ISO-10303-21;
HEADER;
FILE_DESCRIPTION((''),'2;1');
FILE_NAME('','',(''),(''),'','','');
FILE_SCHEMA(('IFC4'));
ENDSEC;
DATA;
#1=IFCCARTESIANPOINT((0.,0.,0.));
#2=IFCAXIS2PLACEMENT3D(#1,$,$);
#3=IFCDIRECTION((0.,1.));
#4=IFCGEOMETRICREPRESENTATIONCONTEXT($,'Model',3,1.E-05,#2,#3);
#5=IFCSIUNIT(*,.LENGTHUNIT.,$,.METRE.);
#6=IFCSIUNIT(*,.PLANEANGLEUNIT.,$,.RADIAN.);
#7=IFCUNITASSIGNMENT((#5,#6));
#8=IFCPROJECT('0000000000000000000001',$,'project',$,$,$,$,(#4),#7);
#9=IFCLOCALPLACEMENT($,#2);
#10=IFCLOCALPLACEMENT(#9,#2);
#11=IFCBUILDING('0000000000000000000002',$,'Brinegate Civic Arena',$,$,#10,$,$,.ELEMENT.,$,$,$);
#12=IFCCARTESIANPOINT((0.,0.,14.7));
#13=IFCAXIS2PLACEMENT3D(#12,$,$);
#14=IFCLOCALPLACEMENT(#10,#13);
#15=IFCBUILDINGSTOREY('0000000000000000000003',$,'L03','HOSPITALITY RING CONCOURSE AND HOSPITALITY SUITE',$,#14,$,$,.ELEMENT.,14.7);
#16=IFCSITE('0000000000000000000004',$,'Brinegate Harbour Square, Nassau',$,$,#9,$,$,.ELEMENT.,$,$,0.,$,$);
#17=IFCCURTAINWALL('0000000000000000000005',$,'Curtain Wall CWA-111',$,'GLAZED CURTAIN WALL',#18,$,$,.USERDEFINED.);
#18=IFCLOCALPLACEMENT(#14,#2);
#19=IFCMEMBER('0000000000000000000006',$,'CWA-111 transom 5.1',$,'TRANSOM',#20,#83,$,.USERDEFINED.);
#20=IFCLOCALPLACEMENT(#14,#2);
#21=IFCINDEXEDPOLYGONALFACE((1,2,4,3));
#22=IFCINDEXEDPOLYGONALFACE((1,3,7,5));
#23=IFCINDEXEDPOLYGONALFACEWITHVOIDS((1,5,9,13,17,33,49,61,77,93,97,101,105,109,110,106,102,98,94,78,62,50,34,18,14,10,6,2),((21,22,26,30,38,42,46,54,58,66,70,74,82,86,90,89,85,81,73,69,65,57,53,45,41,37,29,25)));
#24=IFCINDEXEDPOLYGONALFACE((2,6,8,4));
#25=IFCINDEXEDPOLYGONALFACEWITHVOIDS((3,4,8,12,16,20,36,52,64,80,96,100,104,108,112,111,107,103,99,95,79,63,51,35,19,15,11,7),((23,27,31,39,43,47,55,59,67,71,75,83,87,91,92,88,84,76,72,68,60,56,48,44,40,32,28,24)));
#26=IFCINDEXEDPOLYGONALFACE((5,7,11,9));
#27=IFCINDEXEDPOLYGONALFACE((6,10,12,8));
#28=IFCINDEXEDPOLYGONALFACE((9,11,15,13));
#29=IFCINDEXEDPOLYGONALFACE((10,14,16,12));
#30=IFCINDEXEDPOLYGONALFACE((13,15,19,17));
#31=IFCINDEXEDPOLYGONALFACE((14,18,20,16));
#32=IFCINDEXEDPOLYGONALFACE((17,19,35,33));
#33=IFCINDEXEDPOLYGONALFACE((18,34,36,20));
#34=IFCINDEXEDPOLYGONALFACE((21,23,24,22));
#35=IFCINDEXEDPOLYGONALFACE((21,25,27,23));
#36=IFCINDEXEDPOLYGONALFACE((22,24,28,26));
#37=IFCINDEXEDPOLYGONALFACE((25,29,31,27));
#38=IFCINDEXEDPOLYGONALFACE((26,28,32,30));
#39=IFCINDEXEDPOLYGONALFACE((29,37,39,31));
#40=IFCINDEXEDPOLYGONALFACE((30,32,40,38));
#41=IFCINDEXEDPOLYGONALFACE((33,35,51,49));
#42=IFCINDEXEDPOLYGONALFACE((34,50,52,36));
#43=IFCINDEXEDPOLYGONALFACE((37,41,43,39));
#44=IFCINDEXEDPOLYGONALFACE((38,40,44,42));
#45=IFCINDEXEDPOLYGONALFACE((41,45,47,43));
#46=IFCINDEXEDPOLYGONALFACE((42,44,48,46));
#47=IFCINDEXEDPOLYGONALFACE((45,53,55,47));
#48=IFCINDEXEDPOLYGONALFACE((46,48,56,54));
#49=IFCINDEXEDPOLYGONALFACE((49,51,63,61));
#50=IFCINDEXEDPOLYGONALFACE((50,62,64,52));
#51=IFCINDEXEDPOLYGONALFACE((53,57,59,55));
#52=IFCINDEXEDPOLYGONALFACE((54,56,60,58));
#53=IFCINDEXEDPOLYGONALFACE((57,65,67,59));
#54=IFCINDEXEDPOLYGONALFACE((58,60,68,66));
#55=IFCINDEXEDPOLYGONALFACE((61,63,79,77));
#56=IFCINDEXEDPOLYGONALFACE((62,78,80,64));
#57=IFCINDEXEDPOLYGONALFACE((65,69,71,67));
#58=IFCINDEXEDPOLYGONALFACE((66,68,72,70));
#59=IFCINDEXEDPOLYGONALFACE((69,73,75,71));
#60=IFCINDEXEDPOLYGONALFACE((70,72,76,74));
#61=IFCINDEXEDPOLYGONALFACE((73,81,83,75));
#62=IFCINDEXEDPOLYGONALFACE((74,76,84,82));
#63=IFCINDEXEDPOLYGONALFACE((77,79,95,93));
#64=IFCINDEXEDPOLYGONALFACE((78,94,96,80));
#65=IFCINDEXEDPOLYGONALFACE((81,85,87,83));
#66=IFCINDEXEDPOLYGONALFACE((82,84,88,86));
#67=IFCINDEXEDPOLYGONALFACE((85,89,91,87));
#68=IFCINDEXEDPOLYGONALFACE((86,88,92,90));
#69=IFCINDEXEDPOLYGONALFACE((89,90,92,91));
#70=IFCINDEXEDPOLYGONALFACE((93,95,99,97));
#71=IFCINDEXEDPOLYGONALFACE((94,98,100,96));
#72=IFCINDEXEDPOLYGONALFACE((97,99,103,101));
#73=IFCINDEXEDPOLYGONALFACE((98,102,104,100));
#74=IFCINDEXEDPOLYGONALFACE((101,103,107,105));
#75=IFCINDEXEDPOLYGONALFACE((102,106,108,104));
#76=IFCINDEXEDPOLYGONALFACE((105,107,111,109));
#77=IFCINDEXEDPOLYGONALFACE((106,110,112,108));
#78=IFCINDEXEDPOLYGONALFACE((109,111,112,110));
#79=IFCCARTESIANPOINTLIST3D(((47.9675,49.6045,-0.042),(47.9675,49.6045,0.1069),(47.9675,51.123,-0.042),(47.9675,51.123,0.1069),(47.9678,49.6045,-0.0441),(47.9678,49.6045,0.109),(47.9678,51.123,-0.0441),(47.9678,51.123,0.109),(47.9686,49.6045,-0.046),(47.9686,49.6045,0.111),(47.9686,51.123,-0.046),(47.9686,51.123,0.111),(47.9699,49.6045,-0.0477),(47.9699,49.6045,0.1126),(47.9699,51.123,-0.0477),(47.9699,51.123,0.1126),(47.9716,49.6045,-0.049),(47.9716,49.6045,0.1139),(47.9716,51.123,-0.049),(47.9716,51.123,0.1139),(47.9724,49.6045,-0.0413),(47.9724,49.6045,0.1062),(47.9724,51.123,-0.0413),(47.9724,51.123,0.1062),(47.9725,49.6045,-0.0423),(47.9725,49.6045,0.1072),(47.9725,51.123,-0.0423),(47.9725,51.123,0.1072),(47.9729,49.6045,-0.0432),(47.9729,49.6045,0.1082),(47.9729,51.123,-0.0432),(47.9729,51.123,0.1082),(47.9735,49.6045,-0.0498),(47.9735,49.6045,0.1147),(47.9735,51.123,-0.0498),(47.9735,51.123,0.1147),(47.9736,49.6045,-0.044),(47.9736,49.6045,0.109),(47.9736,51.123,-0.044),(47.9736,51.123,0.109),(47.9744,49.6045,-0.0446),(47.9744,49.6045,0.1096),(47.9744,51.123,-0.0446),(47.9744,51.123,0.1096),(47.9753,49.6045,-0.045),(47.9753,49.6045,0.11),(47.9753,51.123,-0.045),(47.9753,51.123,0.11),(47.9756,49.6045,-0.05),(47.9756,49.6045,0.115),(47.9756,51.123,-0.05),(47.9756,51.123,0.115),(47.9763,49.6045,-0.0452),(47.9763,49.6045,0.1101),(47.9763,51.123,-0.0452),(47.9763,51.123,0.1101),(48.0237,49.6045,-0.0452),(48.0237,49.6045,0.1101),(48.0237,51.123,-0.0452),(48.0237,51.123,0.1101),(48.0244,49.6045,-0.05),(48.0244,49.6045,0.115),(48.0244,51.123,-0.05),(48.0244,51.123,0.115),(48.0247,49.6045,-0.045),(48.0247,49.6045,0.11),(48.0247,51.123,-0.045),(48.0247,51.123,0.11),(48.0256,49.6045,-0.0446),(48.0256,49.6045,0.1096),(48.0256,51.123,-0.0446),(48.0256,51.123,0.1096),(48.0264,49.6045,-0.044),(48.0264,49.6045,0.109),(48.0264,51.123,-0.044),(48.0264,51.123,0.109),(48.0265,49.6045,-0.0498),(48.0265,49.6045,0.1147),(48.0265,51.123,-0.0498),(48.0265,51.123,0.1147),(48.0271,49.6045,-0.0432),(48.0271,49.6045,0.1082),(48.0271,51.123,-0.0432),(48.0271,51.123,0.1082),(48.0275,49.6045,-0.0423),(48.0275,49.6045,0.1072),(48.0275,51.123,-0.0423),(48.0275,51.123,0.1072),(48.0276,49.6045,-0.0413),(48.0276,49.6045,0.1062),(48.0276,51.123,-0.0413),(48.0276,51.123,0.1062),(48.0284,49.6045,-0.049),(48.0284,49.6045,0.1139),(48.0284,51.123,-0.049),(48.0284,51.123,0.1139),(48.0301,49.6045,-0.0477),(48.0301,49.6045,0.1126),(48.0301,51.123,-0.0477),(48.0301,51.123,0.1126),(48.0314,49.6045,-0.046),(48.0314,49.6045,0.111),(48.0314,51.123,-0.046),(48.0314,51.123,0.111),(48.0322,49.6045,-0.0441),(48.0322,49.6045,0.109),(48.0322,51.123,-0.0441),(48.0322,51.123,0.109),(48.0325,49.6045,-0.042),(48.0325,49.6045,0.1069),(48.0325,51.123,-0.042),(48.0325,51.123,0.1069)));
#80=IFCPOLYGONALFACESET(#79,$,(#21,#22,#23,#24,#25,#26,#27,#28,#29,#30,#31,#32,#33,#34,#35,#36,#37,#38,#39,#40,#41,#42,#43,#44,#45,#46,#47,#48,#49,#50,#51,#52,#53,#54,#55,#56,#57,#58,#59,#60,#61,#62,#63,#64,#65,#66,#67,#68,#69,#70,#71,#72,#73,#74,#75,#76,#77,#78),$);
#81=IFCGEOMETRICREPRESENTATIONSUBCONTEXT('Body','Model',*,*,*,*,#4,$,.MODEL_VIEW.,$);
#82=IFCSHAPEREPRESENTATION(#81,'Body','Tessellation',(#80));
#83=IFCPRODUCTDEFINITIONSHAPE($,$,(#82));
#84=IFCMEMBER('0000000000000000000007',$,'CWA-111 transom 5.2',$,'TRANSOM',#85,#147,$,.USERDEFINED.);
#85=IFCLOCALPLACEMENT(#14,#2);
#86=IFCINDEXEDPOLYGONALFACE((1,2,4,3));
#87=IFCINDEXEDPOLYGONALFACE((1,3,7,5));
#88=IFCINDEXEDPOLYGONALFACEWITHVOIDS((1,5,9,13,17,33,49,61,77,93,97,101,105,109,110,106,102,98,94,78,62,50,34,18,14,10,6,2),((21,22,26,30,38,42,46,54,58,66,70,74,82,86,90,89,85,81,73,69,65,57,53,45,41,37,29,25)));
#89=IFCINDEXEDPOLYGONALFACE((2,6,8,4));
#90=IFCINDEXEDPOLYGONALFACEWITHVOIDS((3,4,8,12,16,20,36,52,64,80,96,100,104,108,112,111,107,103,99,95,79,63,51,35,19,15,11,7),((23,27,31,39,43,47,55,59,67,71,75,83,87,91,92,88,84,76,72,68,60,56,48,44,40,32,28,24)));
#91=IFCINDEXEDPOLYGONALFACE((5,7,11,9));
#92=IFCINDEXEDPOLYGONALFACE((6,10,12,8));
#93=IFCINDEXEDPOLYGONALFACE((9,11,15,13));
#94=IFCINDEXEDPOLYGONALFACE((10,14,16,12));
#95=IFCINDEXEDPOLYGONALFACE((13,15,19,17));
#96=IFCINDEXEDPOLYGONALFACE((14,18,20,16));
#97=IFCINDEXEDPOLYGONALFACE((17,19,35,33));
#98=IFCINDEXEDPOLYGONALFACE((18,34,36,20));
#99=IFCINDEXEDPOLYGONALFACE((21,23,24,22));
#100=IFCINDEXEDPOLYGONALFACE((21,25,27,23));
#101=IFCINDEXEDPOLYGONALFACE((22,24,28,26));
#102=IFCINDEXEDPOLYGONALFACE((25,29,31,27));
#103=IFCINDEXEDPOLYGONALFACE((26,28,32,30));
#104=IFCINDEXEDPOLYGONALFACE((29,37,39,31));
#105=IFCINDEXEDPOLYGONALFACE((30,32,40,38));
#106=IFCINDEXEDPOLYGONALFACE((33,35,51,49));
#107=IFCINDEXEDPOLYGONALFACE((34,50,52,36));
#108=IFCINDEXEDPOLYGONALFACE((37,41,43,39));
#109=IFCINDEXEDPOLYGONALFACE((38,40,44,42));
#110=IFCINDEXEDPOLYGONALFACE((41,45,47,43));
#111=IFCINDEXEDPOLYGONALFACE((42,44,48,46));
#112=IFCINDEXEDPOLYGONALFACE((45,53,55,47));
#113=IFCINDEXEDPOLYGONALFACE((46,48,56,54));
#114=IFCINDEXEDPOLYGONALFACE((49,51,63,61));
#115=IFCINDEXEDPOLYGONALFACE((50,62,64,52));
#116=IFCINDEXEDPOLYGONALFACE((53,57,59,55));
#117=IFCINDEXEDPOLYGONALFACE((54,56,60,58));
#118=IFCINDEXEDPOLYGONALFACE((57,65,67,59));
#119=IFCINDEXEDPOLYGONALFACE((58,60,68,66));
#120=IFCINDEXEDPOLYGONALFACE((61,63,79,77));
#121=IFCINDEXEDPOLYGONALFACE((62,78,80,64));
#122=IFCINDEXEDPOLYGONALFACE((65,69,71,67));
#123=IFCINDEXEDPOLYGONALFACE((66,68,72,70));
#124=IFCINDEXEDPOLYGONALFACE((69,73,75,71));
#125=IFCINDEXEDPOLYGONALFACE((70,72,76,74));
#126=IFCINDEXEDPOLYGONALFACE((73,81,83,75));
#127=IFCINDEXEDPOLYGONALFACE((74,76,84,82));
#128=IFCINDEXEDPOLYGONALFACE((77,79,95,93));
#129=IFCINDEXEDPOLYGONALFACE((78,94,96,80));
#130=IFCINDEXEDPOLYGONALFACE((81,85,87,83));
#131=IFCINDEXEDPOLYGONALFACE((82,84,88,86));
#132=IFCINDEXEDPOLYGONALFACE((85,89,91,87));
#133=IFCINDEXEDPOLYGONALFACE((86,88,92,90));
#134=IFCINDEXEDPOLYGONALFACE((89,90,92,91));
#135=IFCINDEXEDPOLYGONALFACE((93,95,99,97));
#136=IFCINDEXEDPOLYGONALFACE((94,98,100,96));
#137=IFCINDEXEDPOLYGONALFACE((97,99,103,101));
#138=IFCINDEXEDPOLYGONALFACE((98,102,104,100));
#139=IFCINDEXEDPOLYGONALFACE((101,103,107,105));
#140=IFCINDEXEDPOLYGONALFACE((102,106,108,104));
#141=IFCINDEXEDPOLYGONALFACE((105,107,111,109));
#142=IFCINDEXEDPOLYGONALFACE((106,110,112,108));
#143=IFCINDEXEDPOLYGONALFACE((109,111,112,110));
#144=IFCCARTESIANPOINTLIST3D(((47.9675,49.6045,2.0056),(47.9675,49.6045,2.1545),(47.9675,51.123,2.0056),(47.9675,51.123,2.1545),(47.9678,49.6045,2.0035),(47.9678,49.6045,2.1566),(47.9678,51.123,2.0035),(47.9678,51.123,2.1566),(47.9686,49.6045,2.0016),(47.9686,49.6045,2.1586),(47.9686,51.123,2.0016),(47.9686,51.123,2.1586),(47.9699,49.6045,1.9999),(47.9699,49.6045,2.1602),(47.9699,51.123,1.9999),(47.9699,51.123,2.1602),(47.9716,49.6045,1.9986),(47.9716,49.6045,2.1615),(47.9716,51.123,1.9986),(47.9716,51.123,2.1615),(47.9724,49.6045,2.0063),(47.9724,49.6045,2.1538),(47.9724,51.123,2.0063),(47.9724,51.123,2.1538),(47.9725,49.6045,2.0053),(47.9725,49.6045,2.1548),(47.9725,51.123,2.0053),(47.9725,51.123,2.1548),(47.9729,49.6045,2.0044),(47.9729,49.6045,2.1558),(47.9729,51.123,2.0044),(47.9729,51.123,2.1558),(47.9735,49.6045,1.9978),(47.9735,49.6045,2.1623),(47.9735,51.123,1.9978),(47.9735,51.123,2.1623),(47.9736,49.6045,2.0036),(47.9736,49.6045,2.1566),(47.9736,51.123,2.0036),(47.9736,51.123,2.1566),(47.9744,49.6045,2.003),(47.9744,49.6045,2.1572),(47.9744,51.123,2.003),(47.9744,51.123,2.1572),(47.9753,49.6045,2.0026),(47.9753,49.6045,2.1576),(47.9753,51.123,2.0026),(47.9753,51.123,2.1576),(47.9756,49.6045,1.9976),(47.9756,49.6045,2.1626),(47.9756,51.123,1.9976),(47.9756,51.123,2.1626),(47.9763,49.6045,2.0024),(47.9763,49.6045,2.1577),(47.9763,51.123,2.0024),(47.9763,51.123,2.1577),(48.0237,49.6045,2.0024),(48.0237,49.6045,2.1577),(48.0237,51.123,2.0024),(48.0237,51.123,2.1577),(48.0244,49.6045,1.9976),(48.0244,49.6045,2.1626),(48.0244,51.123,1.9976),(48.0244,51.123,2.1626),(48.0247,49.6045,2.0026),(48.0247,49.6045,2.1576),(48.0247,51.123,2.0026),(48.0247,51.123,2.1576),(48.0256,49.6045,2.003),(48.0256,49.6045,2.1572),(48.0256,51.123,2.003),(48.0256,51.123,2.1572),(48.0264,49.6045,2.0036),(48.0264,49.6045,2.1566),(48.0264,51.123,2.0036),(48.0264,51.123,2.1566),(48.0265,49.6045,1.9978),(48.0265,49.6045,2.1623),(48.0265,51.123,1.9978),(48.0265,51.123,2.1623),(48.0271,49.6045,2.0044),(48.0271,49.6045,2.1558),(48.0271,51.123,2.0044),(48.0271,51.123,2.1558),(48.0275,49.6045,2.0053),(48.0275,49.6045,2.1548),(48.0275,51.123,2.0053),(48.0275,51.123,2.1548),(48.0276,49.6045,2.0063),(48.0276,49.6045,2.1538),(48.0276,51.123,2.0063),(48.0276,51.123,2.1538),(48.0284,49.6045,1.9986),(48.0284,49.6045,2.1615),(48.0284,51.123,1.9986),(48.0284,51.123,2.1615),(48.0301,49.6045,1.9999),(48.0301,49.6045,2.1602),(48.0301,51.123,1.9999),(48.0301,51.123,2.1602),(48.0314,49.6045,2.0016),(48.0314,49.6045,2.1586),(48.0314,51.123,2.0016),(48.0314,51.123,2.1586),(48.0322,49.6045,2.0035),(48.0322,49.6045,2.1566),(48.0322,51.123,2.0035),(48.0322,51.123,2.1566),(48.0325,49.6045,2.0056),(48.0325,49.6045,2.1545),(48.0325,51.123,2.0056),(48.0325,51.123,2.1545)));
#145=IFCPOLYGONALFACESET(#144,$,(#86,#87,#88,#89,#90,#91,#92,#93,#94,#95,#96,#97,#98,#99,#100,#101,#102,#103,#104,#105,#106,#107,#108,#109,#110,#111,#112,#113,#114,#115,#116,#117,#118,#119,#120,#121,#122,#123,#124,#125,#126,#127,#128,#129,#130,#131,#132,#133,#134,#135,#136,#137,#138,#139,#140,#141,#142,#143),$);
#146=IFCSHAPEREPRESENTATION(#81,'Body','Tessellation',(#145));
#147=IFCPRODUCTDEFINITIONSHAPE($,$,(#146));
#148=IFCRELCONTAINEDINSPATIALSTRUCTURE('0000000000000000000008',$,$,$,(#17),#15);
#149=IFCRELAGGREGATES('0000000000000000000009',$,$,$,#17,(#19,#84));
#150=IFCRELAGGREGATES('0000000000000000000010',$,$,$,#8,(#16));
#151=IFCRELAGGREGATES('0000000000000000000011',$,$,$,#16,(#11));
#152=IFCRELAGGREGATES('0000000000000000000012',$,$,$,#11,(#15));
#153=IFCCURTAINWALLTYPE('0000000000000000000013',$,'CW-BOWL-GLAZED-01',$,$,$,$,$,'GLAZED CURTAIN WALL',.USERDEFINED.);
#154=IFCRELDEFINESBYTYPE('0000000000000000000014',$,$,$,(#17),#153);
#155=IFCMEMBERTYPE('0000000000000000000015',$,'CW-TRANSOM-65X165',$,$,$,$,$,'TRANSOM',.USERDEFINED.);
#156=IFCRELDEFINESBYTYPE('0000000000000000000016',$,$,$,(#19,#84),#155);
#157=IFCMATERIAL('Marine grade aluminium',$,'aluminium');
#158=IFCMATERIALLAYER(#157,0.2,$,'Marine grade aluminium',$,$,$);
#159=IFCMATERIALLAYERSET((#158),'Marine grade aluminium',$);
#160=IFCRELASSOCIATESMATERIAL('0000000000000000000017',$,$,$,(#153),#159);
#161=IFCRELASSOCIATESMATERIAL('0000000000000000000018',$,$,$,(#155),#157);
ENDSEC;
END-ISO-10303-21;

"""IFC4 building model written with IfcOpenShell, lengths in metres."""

from ifc_helpers import new_model, si_unit, direction, frame, origin, origin_2d, place, context, subcontext, project, spatial, hollow_rectangle, extrude, material, layer, layer_set, material_profile, profile_set, type_object, element, aggregate, save


model = new_model("IFC4")

# Units and contexts
model_context = context("Model", 3, precision=1e-05, world=origin(), true_north=direction((0.0, 1.0)))
body_context = subcontext(model_context, "Body", "Model", "MODEL_VIEW")
ifc_project = project(units=[si_unit("LENGTHUNIT", "METRE"), si_unit("PLANEANGLEUNIT", "RADIAN")], contexts=[model_context])

# Site, building, storey
site_placement = place(None, origin())
site = spatial("IfcSite", under=ifc_project, at=site_placement, Name="Brinegate Harbour Square, Nassau", CompositionType="ELEMENT", RefElevation=0.0)
building_placement = place(site_placement, origin())
building = spatial("IfcBuilding", under=site, at=building_placement, Name="Brinegate Civic Arena", CompositionType="ELEMENT")
storey_placement = place(building_placement, frame((0.0, 0.0, 14.7)))
storey = spatial("IfcBuildingStorey", under=building, at=storey_placement, Name="L03", Description="HOSPITALITY RING CONCOURSE AND HOSPITALITY SUITE", CompositionType="ELEMENT", Elevation=14.7)

# Shared definitions
ifc_material_1 = material(Name="Marine grade aluminium", Category="aluminium")
ifc_layer_1 = layer(ifc_material_1, 0.2, Name="Marine grade aluminium")
ifc_layer_set_1 = layer_set([ifc_layer_1], Name="Marine grade aluminium")
curtain_wall_type_1 = type_object("IfcCurtainWallType", Name="CW-BOWL-GLAZED-01", ElementType="GLAZED CURTAIN WALL", PredefinedType="USERDEFINED", material=ifc_layer_set_1)

# Curtain wall
curtain_wall_1_placement = place(storey_placement, origin())
curtain_wall_1 = element("IfcCurtainWall", 1, at=curtain_wall_1_placement, inside=storey, type_object=curtain_wall_type_1, Name="Curtain Wall CWA-111", ObjectType="GLAZED CURTAIN WALL", PredefinedType="USERDEFINED")

# Members
ifc_material_profile_1 = material_profile(ifc_material_1, hollow_rectangle(XDim=0.0649, YDim=0.165, WallThickness=0.0049, InnerFilletRadius=0.0039, OuterFilletRadius=0.0081, at=origin_2d()), Name="TRN65X165")
ifc_profile_set_1 = profile_set([ifc_material_profile_1], Name="Marine grade aluminium")
member_type_1 = type_object("IfcMemberType", Name="CW-TRANSOM-65X165", ElementType="TRANSOM", PredefinedType="USERDEFINED", material=ifc_profile_set_1)
member_1_placement = place(storey_placement, frame((48.0, 49.6045, 0.0325), z_axis=(0.0, 1.0, 0.0), x_axis=(-1.0, 0.0, 0.0)))
member_1 = element("IfcMember", 2, at=member_1_placement, type_object=member_type_1, Name="CWA-111 transom 5.1", ObjectType="TRANSOM", PredefinedType="USERDEFINED", context=body_context, shape_type="SweptSolid", body=[
    extrude(hollow_rectangle(XDim=0.0649, YDim=0.165, WallThickness=0.0049, InnerFilletRadius=0.0039, OuterFilletRadius=0.0081, at=origin_2d()), origin(), (0.0, 0.0, 1.0), 1.5186),
])
member_2_placement = place(storey_placement, frame((48.0, 49.6045, 2.0801), z_axis=(0.0, 1.0, 0.0), x_axis=(-1.0, 0.0, 0.0)))
member_2 = element("IfcMember", 3, at=member_2_placement, type_object=member_type_1, Name="CWA-111 transom 5.2", ObjectType="TRANSOM", PredefinedType="USERDEFINED", context=body_context, shape_type="SweptSolid", body=[
    extrude(hollow_rectangle(XDim=0.0649, YDim=0.165, WallThickness=0.0049, InnerFilletRadius=0.0039, OuterFilletRadius=0.0081, at=origin_2d()), origin(), (0.0, 0.0, 1.0), 1.5186),
])

aggregate(curtain_wall_1, [member_1, member_2])

save(model, "model.ifc")
